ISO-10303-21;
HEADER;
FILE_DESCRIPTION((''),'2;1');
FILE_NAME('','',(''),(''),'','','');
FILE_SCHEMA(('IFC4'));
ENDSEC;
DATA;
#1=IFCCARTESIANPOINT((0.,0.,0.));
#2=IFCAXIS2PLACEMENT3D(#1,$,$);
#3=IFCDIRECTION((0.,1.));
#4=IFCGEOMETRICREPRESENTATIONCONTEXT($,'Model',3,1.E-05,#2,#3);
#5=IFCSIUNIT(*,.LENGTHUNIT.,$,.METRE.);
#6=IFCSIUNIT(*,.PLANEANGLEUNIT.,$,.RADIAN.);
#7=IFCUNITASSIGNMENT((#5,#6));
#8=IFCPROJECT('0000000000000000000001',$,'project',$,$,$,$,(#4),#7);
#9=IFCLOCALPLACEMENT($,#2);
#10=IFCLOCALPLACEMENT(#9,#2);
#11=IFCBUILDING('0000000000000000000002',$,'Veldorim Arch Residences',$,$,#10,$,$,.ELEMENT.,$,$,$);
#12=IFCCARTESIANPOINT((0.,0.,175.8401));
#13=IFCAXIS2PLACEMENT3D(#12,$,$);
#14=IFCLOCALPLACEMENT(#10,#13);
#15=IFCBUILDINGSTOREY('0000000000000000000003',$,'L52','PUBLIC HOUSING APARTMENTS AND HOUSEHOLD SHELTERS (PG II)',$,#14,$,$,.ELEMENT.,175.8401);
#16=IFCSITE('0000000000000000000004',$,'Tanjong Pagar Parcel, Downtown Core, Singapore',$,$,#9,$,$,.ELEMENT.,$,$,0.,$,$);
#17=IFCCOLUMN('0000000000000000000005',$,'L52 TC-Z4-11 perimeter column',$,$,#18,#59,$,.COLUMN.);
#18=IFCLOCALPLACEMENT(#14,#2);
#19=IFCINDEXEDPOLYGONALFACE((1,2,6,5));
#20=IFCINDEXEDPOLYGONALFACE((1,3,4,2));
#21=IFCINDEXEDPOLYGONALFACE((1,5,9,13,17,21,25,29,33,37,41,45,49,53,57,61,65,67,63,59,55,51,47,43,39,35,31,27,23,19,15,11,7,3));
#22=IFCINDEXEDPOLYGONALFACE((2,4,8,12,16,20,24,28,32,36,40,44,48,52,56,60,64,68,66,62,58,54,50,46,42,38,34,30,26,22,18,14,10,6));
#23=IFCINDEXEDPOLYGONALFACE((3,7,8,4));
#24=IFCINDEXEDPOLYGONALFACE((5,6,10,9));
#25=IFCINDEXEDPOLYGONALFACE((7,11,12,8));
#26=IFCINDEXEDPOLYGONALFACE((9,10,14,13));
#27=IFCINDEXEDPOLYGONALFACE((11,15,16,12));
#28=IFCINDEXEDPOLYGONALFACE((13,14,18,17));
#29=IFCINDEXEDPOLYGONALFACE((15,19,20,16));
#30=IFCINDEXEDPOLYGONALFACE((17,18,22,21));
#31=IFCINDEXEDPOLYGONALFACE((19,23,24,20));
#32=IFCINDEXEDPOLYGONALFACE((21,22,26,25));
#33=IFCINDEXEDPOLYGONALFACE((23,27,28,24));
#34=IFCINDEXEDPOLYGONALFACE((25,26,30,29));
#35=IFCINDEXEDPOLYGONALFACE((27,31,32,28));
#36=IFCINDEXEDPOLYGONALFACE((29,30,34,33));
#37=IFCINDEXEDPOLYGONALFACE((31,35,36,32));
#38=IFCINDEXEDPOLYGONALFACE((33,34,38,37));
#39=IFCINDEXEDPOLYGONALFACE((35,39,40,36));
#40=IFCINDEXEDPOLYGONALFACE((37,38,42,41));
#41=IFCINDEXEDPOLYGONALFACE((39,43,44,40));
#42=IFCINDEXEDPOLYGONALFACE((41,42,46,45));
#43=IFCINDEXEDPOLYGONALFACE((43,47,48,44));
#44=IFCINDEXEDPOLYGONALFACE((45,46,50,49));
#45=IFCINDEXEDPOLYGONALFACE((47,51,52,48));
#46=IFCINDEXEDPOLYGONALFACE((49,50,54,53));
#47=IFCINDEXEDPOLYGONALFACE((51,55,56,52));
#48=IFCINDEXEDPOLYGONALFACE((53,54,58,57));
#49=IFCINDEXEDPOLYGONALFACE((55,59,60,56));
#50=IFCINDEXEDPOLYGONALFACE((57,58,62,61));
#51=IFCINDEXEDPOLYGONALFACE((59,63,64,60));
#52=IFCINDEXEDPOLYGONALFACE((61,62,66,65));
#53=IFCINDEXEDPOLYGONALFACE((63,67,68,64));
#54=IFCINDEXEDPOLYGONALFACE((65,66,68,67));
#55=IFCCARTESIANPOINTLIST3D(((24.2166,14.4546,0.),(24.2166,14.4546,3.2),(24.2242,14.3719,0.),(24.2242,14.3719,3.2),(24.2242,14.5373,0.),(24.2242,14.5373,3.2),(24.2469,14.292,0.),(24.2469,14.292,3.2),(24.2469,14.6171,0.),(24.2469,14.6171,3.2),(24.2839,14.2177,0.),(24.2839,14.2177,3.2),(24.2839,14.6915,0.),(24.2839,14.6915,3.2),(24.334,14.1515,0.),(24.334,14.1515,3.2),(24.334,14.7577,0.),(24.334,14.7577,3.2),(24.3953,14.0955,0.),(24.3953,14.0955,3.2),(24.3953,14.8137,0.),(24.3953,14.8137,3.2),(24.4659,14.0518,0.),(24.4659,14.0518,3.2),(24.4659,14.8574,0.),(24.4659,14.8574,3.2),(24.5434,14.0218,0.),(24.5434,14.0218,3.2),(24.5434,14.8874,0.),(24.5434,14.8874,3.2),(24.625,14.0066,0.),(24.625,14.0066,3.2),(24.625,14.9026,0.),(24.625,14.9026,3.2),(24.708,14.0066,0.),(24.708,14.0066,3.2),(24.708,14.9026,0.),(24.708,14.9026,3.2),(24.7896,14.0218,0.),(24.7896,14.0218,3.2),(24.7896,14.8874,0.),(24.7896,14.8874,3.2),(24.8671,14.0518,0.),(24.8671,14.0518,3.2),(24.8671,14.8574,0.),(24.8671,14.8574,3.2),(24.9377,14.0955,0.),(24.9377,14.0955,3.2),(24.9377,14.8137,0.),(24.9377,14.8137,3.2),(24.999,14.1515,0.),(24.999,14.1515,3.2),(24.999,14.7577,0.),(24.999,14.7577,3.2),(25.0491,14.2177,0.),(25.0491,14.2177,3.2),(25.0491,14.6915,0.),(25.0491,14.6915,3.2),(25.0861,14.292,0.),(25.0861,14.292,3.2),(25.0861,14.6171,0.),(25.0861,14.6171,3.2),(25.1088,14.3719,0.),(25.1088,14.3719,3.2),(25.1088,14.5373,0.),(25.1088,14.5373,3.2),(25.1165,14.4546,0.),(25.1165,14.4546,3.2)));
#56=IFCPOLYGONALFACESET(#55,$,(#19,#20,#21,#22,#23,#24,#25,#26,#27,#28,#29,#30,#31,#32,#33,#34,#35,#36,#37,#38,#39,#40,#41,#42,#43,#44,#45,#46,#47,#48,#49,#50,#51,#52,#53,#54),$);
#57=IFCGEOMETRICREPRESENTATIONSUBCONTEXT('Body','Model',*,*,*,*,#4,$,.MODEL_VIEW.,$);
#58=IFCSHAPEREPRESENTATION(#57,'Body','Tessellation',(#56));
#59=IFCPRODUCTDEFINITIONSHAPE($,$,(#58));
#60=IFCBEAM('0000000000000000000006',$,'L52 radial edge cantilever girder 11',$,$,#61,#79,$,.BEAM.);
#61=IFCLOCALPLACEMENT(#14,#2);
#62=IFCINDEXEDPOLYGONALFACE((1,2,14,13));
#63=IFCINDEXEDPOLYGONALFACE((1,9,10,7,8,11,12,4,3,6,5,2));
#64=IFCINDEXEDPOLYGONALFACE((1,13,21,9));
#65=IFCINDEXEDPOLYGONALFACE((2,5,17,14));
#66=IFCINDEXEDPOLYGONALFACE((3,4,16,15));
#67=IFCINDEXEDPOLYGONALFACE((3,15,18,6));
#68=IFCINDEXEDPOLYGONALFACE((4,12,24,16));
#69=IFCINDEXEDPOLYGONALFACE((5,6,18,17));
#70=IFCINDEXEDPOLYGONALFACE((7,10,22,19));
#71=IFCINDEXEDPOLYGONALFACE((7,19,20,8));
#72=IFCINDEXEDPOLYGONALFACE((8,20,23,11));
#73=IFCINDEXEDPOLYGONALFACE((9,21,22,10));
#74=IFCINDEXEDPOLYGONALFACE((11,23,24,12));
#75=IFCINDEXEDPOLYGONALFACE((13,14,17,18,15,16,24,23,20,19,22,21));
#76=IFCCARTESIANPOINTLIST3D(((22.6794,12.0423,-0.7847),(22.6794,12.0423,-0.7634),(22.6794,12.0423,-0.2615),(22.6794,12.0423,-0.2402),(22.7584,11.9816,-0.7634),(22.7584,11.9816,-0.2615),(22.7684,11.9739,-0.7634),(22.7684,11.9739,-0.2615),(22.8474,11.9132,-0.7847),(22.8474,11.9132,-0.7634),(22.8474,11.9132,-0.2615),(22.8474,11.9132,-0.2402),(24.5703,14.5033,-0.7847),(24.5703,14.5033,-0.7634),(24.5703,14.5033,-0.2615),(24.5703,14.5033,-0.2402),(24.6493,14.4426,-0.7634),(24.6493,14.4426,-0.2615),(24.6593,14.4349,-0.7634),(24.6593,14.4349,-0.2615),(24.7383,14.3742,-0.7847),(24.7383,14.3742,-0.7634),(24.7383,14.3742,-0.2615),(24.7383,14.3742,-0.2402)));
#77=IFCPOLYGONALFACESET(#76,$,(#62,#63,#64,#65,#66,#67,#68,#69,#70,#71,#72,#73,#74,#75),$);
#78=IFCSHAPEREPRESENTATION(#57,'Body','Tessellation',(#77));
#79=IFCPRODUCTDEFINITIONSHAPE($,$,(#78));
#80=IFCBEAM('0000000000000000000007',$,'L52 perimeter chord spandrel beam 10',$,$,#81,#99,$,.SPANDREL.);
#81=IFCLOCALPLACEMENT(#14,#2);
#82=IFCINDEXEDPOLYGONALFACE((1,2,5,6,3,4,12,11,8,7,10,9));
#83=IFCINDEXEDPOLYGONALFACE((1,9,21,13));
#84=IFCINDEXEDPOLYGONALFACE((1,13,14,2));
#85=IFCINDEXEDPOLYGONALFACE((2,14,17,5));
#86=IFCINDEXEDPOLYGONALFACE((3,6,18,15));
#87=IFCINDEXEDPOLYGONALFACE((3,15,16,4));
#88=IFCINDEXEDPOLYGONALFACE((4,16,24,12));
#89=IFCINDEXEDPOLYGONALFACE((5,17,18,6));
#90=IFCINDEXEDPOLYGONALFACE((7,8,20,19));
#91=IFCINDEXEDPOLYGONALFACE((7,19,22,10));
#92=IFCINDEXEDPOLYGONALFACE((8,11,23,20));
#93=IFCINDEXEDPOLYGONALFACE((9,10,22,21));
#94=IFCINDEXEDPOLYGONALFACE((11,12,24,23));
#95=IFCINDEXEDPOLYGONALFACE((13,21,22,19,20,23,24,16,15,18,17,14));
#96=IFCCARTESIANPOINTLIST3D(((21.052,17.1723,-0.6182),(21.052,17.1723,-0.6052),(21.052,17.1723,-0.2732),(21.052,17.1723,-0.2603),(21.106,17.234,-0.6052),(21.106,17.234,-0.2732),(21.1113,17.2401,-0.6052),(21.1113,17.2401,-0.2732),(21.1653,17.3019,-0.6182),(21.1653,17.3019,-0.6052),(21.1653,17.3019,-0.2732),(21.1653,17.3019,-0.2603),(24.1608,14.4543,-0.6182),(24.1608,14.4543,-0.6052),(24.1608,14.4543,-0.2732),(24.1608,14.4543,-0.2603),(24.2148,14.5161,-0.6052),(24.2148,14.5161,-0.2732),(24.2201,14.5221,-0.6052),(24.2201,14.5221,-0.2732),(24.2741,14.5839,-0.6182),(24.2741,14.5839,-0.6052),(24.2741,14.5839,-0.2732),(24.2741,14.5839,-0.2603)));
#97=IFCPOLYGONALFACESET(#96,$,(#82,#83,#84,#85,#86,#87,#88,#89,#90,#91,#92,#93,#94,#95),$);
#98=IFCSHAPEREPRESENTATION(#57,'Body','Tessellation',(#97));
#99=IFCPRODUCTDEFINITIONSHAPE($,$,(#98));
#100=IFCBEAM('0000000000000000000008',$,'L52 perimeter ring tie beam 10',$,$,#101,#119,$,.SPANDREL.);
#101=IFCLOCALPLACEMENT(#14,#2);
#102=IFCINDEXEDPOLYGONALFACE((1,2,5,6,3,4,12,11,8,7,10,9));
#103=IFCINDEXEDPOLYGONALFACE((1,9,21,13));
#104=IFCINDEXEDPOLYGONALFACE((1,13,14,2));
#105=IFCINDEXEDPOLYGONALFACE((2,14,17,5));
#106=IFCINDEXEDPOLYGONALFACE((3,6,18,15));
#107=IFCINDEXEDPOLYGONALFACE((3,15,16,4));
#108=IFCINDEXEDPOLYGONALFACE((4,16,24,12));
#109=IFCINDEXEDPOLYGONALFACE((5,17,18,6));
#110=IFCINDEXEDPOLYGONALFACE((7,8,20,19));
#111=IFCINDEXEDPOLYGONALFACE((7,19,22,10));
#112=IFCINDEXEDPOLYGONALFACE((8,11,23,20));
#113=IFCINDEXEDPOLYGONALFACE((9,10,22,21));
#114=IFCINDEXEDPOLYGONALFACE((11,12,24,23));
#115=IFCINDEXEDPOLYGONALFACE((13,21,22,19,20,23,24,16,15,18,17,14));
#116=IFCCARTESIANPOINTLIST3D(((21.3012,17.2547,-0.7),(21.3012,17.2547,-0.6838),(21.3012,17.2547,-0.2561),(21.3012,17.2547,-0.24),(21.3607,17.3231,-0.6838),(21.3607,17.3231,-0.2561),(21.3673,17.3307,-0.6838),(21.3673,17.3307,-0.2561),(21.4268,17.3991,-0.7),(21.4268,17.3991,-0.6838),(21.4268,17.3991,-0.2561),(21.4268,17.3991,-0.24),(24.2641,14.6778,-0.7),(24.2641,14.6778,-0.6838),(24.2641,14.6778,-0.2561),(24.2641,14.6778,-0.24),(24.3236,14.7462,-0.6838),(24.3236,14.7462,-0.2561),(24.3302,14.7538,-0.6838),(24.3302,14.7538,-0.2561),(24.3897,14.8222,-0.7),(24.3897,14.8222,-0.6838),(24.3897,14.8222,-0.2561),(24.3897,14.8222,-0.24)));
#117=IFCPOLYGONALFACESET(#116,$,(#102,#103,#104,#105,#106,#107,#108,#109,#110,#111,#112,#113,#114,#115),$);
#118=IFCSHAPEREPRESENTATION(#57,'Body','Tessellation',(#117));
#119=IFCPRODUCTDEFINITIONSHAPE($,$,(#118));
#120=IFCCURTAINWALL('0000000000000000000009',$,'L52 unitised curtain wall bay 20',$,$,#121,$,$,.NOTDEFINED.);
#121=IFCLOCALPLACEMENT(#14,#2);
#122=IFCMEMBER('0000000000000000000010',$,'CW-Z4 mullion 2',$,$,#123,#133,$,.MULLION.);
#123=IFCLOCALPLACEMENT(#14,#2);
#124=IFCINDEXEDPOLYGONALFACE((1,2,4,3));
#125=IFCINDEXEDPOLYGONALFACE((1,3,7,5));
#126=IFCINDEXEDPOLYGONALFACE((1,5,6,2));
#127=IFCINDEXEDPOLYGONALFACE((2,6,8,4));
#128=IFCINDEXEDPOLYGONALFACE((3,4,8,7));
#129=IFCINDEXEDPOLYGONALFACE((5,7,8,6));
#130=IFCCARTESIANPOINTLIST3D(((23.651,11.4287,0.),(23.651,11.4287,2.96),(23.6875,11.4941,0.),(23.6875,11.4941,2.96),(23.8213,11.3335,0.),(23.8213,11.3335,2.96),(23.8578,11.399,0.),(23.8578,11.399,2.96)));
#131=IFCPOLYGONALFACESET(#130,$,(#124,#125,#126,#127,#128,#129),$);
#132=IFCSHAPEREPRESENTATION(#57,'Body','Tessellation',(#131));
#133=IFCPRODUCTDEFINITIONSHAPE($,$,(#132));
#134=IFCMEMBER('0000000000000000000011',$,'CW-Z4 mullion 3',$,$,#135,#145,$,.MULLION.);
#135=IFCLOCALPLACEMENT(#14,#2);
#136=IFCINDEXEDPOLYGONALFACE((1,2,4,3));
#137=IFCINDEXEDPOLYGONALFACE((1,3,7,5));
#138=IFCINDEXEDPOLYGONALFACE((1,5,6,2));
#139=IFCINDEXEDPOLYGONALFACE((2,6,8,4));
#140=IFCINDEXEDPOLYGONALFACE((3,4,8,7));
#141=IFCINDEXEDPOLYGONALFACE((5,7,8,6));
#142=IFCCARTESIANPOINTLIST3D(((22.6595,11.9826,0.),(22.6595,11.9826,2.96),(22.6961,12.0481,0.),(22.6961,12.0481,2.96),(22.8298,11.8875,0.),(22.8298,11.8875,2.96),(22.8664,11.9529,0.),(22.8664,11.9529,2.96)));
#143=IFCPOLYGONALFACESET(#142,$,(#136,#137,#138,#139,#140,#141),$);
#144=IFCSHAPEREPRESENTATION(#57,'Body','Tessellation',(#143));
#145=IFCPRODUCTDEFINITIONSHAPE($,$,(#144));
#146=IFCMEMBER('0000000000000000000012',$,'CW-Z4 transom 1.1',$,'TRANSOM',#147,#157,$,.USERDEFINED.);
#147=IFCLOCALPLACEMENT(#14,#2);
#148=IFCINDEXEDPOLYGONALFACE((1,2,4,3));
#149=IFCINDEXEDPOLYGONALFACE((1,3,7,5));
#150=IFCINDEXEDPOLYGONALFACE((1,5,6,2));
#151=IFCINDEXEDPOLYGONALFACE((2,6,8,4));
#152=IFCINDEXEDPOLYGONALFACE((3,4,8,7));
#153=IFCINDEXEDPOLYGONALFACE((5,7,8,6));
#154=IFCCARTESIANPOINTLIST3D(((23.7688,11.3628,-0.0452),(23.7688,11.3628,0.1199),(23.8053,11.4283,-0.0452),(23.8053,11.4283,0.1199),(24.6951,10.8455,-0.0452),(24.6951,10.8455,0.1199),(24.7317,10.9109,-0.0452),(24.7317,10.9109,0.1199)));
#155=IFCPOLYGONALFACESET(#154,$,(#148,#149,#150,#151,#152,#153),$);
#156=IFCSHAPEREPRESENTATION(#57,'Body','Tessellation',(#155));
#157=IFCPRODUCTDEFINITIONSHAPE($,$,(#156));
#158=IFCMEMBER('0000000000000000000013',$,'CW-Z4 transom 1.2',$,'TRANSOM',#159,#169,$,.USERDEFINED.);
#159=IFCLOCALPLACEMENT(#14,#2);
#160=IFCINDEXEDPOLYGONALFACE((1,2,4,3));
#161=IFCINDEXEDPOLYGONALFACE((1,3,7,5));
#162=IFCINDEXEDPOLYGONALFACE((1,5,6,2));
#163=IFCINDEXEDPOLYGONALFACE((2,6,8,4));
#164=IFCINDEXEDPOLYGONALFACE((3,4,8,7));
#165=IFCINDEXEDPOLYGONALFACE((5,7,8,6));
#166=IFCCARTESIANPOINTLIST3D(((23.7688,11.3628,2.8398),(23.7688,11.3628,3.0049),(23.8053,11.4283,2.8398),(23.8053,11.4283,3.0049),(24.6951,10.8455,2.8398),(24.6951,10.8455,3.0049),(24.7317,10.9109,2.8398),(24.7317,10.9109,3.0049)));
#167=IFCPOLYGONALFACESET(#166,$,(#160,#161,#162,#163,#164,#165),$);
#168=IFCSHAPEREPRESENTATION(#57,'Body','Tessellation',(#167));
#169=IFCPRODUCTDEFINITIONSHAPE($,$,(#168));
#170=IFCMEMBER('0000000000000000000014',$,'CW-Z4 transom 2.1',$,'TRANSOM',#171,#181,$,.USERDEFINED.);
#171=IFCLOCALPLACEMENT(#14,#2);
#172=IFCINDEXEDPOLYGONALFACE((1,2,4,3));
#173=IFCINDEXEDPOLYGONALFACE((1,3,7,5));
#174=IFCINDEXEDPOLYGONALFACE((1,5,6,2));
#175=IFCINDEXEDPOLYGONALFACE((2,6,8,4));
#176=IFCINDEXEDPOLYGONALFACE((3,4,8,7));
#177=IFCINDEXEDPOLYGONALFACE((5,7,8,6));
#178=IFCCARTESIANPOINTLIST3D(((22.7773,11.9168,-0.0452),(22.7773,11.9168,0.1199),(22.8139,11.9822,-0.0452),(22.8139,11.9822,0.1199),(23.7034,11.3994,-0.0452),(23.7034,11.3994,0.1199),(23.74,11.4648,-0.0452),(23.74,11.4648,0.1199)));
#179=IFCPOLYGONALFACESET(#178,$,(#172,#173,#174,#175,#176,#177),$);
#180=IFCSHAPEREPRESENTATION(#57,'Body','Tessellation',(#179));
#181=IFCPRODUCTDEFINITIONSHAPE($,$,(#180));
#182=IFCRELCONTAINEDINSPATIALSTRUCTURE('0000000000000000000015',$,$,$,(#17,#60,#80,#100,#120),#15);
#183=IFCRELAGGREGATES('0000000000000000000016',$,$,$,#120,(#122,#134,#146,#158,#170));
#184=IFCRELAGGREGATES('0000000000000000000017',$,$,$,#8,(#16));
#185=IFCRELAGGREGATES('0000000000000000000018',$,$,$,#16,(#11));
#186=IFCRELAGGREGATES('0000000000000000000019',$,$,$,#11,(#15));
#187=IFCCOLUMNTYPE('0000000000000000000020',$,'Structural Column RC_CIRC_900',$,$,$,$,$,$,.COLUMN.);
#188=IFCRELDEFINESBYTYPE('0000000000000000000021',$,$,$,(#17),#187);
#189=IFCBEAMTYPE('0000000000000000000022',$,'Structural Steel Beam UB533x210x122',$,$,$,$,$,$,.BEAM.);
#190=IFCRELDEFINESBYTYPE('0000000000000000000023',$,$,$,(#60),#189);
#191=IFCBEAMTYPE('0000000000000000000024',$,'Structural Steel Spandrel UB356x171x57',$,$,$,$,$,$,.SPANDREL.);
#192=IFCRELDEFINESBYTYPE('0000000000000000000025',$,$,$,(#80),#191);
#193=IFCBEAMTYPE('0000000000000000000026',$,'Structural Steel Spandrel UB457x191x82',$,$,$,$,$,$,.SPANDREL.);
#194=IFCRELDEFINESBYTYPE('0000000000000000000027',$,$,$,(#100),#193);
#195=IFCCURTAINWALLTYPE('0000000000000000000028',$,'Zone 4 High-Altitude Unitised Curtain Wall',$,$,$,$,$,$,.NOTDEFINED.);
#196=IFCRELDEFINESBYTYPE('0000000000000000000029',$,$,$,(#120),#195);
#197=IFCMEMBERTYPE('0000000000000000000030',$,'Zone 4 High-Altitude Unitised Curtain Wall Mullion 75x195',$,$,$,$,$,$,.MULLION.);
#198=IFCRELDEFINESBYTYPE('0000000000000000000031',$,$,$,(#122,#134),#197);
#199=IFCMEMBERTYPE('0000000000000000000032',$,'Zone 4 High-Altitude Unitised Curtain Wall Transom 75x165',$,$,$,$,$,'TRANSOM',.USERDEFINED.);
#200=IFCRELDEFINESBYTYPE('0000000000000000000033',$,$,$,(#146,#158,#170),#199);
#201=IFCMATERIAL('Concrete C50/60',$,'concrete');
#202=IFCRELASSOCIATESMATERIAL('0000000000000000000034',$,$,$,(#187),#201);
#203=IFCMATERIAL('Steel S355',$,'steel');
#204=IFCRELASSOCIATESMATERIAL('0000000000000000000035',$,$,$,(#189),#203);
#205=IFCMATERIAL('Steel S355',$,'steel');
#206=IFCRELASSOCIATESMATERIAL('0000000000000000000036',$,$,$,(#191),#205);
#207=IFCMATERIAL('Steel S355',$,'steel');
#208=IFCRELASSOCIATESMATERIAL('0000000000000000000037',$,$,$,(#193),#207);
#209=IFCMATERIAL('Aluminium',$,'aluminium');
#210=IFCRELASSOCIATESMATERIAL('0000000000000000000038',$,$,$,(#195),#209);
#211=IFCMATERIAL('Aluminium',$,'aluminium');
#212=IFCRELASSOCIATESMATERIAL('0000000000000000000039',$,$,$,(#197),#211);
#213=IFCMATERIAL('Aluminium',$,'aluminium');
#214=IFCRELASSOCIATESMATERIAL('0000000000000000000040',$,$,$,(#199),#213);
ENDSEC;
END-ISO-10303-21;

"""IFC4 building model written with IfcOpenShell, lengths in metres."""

from ifc_helpers import new_model, si_unit, direction, frame, origin, origin_2d, place, context, subcontext, project, spatial, rectangle, circle, i_section, extrude, material, material_profile, profile_set, type_object, element, aggregate, save


model = new_model("IFC4")

# Units and contexts
model_context = context("Model", 3, precision=1e-05, world=origin(), true_north=direction((0.0, 1.0)))
body_context = subcontext(model_context, "Body", "Model", "MODEL_VIEW")
ifc_project = project(units=[si_unit("LENGTHUNIT", "METRE"), si_unit("PLANEANGLEUNIT", "RADIAN")], contexts=[model_context])

# Site, building, storey
site_placement = place(None, origin())
site = spatial("IfcSite", under=ifc_project, at=site_placement, Name="Tanjong Pagar Parcel, Downtown Core, Singapore", CompositionType="ELEMENT", RefElevation=0.0)
building_placement = place(site_placement, origin())
building = spatial("IfcBuilding", under=site, at=building_placement, Name="Veldorim Arch Residences", CompositionType="ELEMENT")
storey_placement = place(building_placement, frame((0.0, 0.0, 175.8401)))
storey = spatial("IfcBuildingStorey", under=building, at=storey_placement, Name="L52", Description="PUBLIC HOUSING APARTMENTS AND HOUSEHOLD SHELTERS (PG II)", CompositionType="ELEMENT", Elevation=175.8401)

# Column
ifc_material_1 = material(Name="Concrete C50/60", Category="concrete")
ifc_material_profile_1 = material_profile(ifc_material_1, circle(Radius=0.45, at=origin_2d()), Name="RC_CIRC_900")
ifc_profile_set_1 = profile_set([ifc_material_profile_1], Name="Concrete C50/60")
column_type = type_object("IfcColumnType", Name="Structural Column RC_CIRC_900", PredefinedType="COLUMN", material=ifc_profile_set_1)
column_placement = place(storey_placement, frame((24.6665, 14.4546, 0.0), z_axis=(0.0, 0.0, 1.0), x_axis=(1.0, 0.0, 0.0)))
element("IfcColumn", 1, at=column_placement, inside=storey, type_object=column_type, Name="L52 TC-Z4-11 perimeter column", PredefinedType="COLUMN", context=body_context, shape_type="SweptSolid", body=[
    extrude(circle(Radius=0.45, at=origin_2d()), origin(), (0.0, 0.0, 1.0), 3.2),
])

# Beams
ifc_material_2 = material(Name="Steel S355", Category="steel")
ifc_material_profile_2 = material_profile(ifc_material_2, i_section(OverallWidth=0.2119, OverallDepth=0.5444, WebThickness=0.0127, FlangeThickness=0.0212, at=origin_2d()), Name="UB533x210x122")
ifc_profile_set_2 = profile_set([ifc_material_profile_2], Name="Steel S355")
beam_type_1 = type_object("IfcBeamType", Name="Structural Steel Beam UB533x210x122", PredefinedType="BEAM", material=ifc_profile_set_2)
beam_1_placement = place(storey_placement, frame((24.6543, 14.4387, -0.5125), z_axis=(-0.609273, -0.79296, 0.0), x_axis=(0.79296, -0.609273, 0.0)))
element("IfcBeam", 2, at=beam_1_placement, inside=storey, type_object=beam_type_1, Name="L52 radial edge cantilever girder 11", PredefinedType="BEAM", context=body_context, shape_type="SweptSolid", body=[
    extrude(i_section(OverallWidth=0.2119, OverallDepth=0.5444, WebThickness=0.0127, FlangeThickness=0.0212, at=origin_2d()), origin(), (0.0, 0.0, 1.0), 3.1035),
])
ifc_material_3 = material(Name="Steel S355", Category="steel")
ifc_material_profile_3 = material_profile(ifc_material_3, i_section(OverallWidth=0.1721, OverallDepth=0.3579, WebThickness=0.0081, FlangeThickness=0.0129, at=origin_2d()), Name="UB356x171x57")
ifc_profile_set_3 = profile_set([ifc_material_profile_3], Name="Steel S355")
beam_type_2 = type_object("IfcBeamType", Name="Structural Steel Spandrel UB356x171x57", PredefinedType="SPANDREL", material=ifc_profile_set_3)
beam_2_placement = place(storey_placement, frame((21.1086, 17.2371, -0.4392), z_axis=(0.752848, -0.658195, 0.0), x_axis=(0.658195, 0.752848, 0.0)))
element("IfcBeam", 3, at=beam_2_placement, inside=storey, type_object=beam_type_2, Name="L52 perimeter chord spandrel beam 10", PredefinedType="SPANDREL", context=body_context, shape_type="SweptSolid", body=[
    extrude(i_section(OverallWidth=0.1721, OverallDepth=0.3579, WebThickness=0.0081, FlangeThickness=0.0129, at=origin_2d()), origin(), (0.0, 0.0, 1.0), 4.1294),
])
ifc_material_4 = material(Name="Steel S355", Category="steel")
ifc_material_profile_4 = material_profile(ifc_material_4, i_section(OverallWidth=0.1914, OverallDepth=0.46, WebThickness=0.01, FlangeThickness=0.0161, at=origin_2d()), Name="UB457x191x82")
ifc_profile_set_4 = profile_set([ifc_material_profile_4], Name="Steel S355")
beam_type_3 = type_object("IfcBeamType", Name="Structural Steel Spandrel UB457x191x82", PredefinedType="SPANDREL", material=ifc_profile_set_4)
beam_3_placement = place(storey_placement, frame((21.364, 17.3269, -0.47), z_axis=(0.754545, -0.656248, 0.0), x_axis=(0.656248, 0.754545, 0.0)))
element("IfcBeam", 4, at=beam_3_placement, inside=storey, type_object=beam_type_3, Name="L52 perimeter ring tie beam 10", PredefinedType="SPANDREL", context=body_context, shape_type="SweptSolid", body=[
    extrude(i_section(OverallWidth=0.1914, OverallDepth=0.46, WebThickness=0.01, FlangeThickness=0.0161, at=origin_2d()), origin(), (0.0, 0.0, 1.0), 3.9268),
])

# Curtain wall, members
ifc_material_5 = material(Name="Aluminium", Category="aluminium")
curtain_wall_type = type_object("IfcCurtainWallType", Name="Zone 4 High-Altitude Unitised Curtain Wall", PredefinedType="NOTDEFINED", material=ifc_material_5)
curtain_wall_placement = place(storey_placement, origin())
curtain_wall = element("IfcCurtainWall", 5, at=curtain_wall_placement, inside=storey, type_object=curtain_wall_type, Name="L52 unitised curtain wall bay 20", PredefinedType="NOTDEFINED")
ifc_material_6 = material(Name="Aluminium", Category="aluminium")
ifc_material_profile_5 = material_profile(ifc_material_6, rectangle(XDim=0.075, YDim=0.1951, at=origin_2d()), Name="ALU_MUL_75x195")
ifc_profile_set_5 = profile_set([ifc_material_profile_5], Name="Aluminium")
member_type_1 = type_object("IfcMemberType", Name="Zone 4 High-Altitude Unitised Curtain Wall Mullion 75x195", PredefinedType="MULLION", material=ifc_profile_set_5)
member_1_placement = place(storey_placement, frame((23.7544, 11.4138, 0.0), z_axis=(0.0, 0.0, 1.0), x_axis=(-0.487736, -0.872991, 0.0)))
member_1 = element("IfcMember", 6, at=member_1_placement, type_object=member_type_1, Name="CW-Z4 mullion 2", PredefinedType="MULLION", context=body_context, shape_type="SweptSolid", body=[
    extrude(rectangle(XDim=0.075, YDim=0.1951, at=origin_2d()), origin(), (0.0, 0.0, 1.0), 2.96),
])
member_2_placement = place(storey_placement, frame((22.7629, 11.9678, 0.0), z_axis=(0.0, 0.0, 1.0), x_axis=(-0.487736, -0.872991, 0.0)))
member_2 = element("IfcMember", 7, at=member_2_placement, type_object=member_type_1, Name="CW-Z4 mullion 3", PredefinedType="MULLION", context=body_context, shape_type="SweptSolid", body=[
    extrude(rectangle(XDim=0.075, YDim=0.1951, at=origin_2d()), origin(), (0.0, 0.0, 1.0), 2.96),
])
ifc_material_7 = material(Name="Aluminium", Category="aluminium")
ifc_material_profile_6 = material_profile(ifc_material_7, rectangle(XDim=0.075, YDim=0.165, at=origin_2d()), Name="ALU_TRN_75x165")
ifc_profile_set_6 = profile_set([ifc_material_profile_6], Name="Aluminium")
member_type_2 = type_object("IfcMemberType", Name="Zone 4 High-Altitude Unitised Curtain Wall Transom 75x165", ElementType="TRANSOM", PredefinedType="USERDEFINED", material=ifc_profile_set_6)
member_3_placement = place(storey_placement, frame((24.7134, 10.8782, 0.0374), z_axis=(-0.873059, 0.487615, 0.0), x_axis=(-0.487615, -0.873059, 0.0)))
member_3 = element("IfcMember", 8, at=member_3_placement, type_object=member_type_2, Name="CW-Z4 transom 1.1", ObjectType="TRANSOM", PredefinedType="USERDEFINED", context=body_context, shape_type="SweptSolid", body=[
    extrude(rectangle(XDim=0.075, YDim=0.165, at=origin_2d()), origin(), (0.0, 0.0, 1.0), 1.061),
])
member_4_placement = place(storey_placement, frame((24.7134, 10.8782, 2.9224), z_axis=(-0.873059, 0.487615, 0.0), x_axis=(-0.487615, -0.873059, 0.0)))
member_4 = element("IfcMember", 9, at=member_4_placement, type_object=member_type_2, Name="CW-Z4 transom 1.2", ObjectType="TRANSOM", PredefinedType="USERDEFINED", context=body_context, shape_type="SweptSolid", body=[
    extrude(rectangle(XDim=0.075, YDim=0.165, at=origin_2d()), origin(), (0.0, 0.0, 1.0), 1.061),
])
member_5_placement = place(storey_placement, frame((23.7217, 11.4321, 0.0374), z_axis=(-0.873004, 0.487713, 0.0), x_axis=(-0.487713, -0.873004, 0.0)))
member_5 = element("IfcMember", 10, at=member_5_placement, type_object=member_type_2, Name="CW-Z4 transom 2.1", ObjectType="TRANSOM", PredefinedType="USERDEFINED", context=body_context, shape_type="SweptSolid", body=[
    extrude(rectangle(XDim=0.075, YDim=0.165, at=origin_2d()), origin(), (0.0, 0.0, 1.0), 1.0608),
])
aggregate(curtain_wall, [member_1, member_2, member_3, member_4, member_5])

save(model, "model.ifc")
